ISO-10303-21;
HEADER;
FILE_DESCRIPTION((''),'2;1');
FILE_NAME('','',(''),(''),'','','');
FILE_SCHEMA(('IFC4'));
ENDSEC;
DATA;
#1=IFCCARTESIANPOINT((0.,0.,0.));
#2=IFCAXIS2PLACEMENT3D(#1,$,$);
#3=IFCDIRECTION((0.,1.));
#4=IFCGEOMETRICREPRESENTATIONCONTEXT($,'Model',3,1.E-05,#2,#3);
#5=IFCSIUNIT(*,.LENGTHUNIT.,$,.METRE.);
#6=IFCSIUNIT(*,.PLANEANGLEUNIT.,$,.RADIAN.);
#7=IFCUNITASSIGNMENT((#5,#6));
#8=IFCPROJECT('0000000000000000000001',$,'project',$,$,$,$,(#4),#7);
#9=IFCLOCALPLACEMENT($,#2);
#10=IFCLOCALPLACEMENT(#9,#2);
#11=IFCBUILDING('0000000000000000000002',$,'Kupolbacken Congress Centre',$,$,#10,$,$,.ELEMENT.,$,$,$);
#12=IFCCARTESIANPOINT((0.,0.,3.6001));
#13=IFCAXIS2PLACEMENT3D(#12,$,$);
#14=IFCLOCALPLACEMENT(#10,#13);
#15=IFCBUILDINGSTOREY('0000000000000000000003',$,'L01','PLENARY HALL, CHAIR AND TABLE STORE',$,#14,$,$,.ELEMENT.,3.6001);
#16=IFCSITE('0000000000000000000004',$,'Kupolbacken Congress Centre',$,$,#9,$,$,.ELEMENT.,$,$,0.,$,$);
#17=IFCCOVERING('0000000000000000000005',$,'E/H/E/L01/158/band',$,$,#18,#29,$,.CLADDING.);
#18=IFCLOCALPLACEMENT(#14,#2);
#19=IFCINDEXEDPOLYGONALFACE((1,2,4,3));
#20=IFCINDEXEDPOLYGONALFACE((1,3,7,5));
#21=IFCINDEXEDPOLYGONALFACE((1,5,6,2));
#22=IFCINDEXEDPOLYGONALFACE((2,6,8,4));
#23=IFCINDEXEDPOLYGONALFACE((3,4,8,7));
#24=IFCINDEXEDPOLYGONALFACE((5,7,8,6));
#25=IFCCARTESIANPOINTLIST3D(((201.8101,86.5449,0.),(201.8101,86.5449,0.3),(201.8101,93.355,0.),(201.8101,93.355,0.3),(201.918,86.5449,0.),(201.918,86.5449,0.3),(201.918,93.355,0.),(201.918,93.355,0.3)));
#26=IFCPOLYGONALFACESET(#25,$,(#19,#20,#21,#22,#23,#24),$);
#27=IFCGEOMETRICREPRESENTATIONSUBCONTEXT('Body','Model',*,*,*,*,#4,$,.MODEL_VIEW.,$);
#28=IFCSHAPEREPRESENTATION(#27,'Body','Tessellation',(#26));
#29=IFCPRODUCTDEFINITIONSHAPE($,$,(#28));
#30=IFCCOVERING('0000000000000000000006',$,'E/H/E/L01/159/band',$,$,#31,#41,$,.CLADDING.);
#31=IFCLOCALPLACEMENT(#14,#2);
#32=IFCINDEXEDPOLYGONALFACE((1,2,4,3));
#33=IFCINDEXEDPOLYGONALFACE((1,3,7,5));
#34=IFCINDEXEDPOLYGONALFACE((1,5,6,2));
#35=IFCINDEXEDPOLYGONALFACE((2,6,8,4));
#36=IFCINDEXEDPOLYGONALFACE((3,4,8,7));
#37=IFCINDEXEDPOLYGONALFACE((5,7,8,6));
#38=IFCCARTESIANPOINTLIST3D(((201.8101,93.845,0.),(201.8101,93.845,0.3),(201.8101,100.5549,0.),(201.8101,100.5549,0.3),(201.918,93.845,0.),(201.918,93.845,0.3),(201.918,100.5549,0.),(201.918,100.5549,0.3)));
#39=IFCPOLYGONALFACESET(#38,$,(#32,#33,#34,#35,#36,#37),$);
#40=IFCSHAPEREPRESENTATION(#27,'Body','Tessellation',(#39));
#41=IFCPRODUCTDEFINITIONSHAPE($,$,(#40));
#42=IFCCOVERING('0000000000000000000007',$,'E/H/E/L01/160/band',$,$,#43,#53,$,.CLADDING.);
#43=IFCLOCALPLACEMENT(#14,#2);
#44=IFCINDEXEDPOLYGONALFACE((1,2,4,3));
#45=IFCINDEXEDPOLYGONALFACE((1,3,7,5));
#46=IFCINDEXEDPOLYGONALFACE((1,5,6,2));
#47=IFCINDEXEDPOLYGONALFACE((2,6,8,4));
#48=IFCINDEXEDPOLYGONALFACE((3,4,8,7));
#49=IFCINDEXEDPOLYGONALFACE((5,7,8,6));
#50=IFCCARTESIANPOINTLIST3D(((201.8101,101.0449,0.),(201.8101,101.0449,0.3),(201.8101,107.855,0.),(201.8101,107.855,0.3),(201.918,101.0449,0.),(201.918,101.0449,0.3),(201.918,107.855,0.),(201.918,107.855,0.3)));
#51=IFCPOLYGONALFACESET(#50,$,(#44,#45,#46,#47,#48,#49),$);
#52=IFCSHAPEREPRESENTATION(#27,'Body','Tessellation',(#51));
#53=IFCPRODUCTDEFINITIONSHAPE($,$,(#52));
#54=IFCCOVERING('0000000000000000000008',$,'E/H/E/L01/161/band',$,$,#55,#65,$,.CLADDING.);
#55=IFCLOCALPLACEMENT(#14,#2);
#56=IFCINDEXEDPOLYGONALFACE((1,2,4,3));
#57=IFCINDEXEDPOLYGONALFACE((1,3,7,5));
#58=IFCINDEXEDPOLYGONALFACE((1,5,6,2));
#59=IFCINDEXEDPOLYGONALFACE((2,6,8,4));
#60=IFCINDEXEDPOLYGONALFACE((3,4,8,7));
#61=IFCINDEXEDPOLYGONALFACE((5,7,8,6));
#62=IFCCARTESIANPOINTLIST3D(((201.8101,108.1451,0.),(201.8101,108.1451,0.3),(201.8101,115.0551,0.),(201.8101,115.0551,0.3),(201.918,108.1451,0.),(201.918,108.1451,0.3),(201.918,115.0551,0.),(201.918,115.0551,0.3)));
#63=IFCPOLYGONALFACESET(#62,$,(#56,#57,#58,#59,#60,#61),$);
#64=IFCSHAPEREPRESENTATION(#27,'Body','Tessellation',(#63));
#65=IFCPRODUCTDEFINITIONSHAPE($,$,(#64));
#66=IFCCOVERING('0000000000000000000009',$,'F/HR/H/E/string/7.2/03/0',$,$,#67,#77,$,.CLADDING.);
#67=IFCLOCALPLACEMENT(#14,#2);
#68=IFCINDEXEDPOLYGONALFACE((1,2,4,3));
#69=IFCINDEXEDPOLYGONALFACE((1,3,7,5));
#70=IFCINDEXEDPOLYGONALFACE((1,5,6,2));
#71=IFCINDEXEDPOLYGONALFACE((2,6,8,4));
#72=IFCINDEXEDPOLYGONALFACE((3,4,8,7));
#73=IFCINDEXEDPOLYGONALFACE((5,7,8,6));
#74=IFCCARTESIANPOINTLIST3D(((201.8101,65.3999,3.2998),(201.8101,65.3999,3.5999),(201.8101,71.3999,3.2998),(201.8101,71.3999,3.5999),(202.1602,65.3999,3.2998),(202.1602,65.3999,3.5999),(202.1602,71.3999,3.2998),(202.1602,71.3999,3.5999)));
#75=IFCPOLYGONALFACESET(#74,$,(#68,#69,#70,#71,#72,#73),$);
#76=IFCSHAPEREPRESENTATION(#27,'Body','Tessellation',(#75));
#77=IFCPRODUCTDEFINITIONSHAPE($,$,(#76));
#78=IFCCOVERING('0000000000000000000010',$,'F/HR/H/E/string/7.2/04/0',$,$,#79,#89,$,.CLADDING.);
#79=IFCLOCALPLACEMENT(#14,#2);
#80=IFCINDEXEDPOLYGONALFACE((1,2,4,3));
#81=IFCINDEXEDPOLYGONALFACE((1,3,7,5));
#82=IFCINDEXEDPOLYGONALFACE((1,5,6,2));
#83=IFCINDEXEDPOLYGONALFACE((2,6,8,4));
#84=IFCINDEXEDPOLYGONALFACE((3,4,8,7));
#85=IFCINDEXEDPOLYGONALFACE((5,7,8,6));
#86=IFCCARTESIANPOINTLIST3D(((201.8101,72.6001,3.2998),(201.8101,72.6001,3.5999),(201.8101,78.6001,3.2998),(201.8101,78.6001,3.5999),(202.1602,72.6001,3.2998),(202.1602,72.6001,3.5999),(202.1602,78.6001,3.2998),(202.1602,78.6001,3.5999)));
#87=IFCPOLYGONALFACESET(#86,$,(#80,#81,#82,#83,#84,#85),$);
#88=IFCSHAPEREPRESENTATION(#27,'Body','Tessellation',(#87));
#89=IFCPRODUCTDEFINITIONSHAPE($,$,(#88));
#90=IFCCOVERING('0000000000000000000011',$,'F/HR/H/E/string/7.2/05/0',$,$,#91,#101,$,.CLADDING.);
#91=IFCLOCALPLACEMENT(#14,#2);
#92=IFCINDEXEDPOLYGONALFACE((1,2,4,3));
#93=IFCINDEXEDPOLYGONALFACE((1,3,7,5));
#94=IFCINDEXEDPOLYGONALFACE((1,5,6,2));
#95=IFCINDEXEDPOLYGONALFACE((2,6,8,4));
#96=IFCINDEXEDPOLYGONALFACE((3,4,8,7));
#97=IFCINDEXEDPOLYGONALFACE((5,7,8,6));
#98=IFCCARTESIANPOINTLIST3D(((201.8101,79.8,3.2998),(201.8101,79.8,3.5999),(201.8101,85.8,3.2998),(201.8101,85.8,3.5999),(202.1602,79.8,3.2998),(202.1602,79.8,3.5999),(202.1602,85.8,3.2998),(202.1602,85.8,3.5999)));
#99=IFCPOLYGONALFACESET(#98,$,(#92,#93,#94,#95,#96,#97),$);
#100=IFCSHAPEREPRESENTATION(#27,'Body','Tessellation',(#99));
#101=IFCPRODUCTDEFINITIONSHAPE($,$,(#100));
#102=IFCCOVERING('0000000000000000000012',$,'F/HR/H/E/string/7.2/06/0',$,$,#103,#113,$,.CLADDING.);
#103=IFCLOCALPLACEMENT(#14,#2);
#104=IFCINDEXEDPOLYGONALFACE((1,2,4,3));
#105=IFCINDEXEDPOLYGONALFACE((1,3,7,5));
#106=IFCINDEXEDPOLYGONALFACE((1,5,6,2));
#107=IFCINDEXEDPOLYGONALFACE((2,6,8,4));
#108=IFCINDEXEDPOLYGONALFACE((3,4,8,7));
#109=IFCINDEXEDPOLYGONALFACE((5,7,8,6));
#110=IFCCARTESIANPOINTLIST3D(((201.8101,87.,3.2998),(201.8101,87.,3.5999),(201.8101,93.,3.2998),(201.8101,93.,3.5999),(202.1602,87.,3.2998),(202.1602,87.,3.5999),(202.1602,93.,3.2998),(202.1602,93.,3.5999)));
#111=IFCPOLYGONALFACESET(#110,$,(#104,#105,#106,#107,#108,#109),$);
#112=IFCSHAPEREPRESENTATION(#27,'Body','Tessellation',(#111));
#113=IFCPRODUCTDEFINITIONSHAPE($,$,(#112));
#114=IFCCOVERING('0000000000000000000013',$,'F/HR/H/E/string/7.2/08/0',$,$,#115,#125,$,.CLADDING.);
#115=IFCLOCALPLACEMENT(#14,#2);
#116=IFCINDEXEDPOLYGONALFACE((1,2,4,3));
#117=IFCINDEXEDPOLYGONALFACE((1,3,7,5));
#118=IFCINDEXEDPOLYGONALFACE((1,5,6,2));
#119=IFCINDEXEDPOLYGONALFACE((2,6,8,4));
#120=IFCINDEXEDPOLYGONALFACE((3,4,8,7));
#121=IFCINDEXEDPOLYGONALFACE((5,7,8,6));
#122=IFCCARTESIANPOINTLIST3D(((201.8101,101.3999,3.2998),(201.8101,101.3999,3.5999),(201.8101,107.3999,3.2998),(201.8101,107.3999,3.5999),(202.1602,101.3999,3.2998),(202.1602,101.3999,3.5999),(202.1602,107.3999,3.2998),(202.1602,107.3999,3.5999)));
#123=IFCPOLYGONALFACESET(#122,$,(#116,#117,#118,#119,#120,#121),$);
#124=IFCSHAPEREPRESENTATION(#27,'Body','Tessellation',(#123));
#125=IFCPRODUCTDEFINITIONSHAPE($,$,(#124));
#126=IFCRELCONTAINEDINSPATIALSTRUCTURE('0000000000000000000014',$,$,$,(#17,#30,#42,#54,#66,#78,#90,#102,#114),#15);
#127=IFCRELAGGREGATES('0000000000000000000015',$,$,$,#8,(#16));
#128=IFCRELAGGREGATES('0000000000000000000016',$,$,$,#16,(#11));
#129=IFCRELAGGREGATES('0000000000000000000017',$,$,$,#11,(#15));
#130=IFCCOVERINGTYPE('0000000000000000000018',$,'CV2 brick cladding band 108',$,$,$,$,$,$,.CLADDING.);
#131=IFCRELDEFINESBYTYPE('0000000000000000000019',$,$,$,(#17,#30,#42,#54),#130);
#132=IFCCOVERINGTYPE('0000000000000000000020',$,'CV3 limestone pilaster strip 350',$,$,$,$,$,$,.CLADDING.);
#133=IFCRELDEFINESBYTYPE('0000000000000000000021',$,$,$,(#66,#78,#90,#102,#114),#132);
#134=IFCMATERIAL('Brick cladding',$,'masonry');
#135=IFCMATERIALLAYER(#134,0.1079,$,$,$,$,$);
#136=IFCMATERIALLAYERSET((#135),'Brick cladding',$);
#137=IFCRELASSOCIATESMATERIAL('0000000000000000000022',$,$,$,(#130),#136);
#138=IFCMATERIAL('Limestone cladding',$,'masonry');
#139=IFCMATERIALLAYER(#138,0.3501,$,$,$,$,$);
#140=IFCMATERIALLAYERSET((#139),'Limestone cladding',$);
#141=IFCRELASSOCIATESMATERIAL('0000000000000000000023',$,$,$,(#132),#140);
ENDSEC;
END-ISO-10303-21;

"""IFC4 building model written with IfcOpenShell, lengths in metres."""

from ifc_helpers import new_model, si_unit, direction, frame, origin, origin_2d, place, context, subcontext, project, spatial, rectangle, extrude, material, layer, layer_set, type_object, element, save


model = new_model("IFC4")

# Units and contexts
model_context = context("Model", 3, precision=1e-05, world=origin(), true_north=direction((0.0, 1.0)))
body_context = subcontext(model_context, "Body", "Model", "MODEL_VIEW")
ifc_project = project(units=[si_unit("LENGTHUNIT", "METRE"), si_unit("PLANEANGLEUNIT", "RADIAN")], contexts=[model_context])

# Site, building, storey
site_placement = place(None, origin())
site = spatial("IfcSite", under=ifc_project, at=site_placement, Name="Kupolbacken Congress Centre", CompositionType="ELEMENT", RefElevation=0.0)
building_placement = place(site_placement, origin())
building = spatial("IfcBuilding", under=site, at=building_placement, Name="Kupolbacken Congress Centre", CompositionType="ELEMENT")
storey_placement = place(building_placement, frame((0.0, 0.0, 3.6001)))
storey = spatial("IfcBuildingStorey", under=building, at=storey_placement, Name="L01", Description="PLENARY HALL, CHAIR AND TABLE STORE", CompositionType="ELEMENT", Elevation=3.6001)

# Coverings
ifc_material_1 = material(Name="Brick cladding", Category="masonry")
ifc_layer_1 = layer(ifc_material_1, 0.1079)
ifc_layer_set_1 = layer_set([ifc_layer_1], Name="Brick cladding")
covering_type_1 = type_object("IfcCoveringType", Name="CV2 brick cladding band 108", PredefinedType="CLADDING", material=ifc_layer_set_1)
covering_1_placement = place(storey_placement, frame((201.864, 89.95, 0.0), z_axis=(0.0, 0.0, 1.0), x_axis=(0.0, 1.0, 0.0)))
element("IfcCovering", 1, at=covering_1_placement, inside=storey, type_object=covering_type_1, Name="E/H/E/L01/158/band", PredefinedType="CLADDING", context=body_context, shape_type="SweptSolid", body=[
    extrude(rectangle(XDim=6.8101, YDim=0.1079, at=origin_2d()), origin(), (0.0, 0.0, 1.0), 0.3),
])
covering_2_placement = place(storey_placement, frame((201.864, 97.2, 0.0), z_axis=(0.0, 0.0, 1.0), x_axis=(0.0, 1.0, 0.0)))
element("IfcCovering", 2, at=covering_2_placement, inside=storey, type_object=covering_type_1, Name="E/H/E/L01/159/band", PredefinedType="CLADDING", context=body_context, shape_type="SweptSolid", body=[
    extrude(rectangle(XDim=6.71, YDim=0.1079, at=origin_2d()), origin(), (0.0, 0.0, 1.0), 0.3),
])
covering_3_placement = place(storey_placement, frame((201.864, 104.45, 0.0), z_axis=(0.0, 0.0, 1.0), x_axis=(0.0, 1.0, 0.0)))
element("IfcCovering", 3, at=covering_3_placement, inside=storey, type_object=covering_type_1, Name="E/H/E/L01/160/band", PredefinedType="CLADDING", context=body_context, shape_type="SweptSolid", body=[
    extrude(rectangle(XDim=6.8101, YDim=0.1079, at=origin_2d()), origin(), (0.0, 0.0, 1.0), 0.3),
])
covering_4_placement = place(storey_placement, frame((201.864, 111.6001, 0.0), z_axis=(0.0, 0.0, 1.0), x_axis=(0.0, 1.0, 0.0)))
element("IfcCovering", 4, at=covering_4_placement, inside=storey, type_object=covering_type_1, Name="E/H/E/L01/161/band", PredefinedType="CLADDING", context=body_context, shape_type="SweptSolid", body=[
    extrude(rectangle(XDim=6.9099, YDim=0.1079, at=origin_2d()), origin(), (0.0, 0.0, 1.0), 0.3),
])
ifc_material_2 = material(Name="Limestone cladding", Category="masonry")
ifc_layer_2 = layer(ifc_material_2, 0.3501)
ifc_layer_set_2 = layer_set([ifc_layer_2], Name="Limestone cladding")
covering_type_2 = type_object("IfcCoveringType", Name="CV3 limestone pilaster strip 350", PredefinedType="CLADDING", material=ifc_layer_set_2)
for number, where, z_axis, x_axis, name in (
    (5, (201.9851, 68.3999, 3.2998), (0.0, 0.0, 1.0), (0.0, 1.0, 0.0), "F/HR/H/E/string/7.2/03/0"),
    (6, (201.9851, 75.6001, 3.2998), (0.0, 0.0, 1.0), (0.0, 1.0, 0.0), "F/HR/H/E/string/7.2/04/0"),
    (7, (201.9851, 82.8, 3.2998), (0.0, 0.0, 1.0), (0.0, 1.0, 0.0), "F/HR/H/E/string/7.2/05/0"),
    (8, (201.9851, 90.0, 3.2998), (0.0, 0.0, 1.0), (0.0, 1.0, 0.0), "F/HR/H/E/string/7.2/06/0"),
    (9, (201.9851, 104.3999, 3.2998), (0.0, 0.0, 1.0), (0.0, 1.0, 0.0), "F/HR/H/E/string/7.2/08/0"),
):
    element("IfcCovering", number, at=place(storey_placement, frame(where, z_axis=z_axis, x_axis=x_axis)), inside=storey, type_object=covering_type_2, Name=name, PredefinedType="CLADDING", context=body_context, shape_type="SweptSolid", body=[
        extrude(rectangle(XDim=6.0, YDim=0.3501, at=origin_2d()), origin(), (0.0, 0.0, 1.0), 0.3),
    ])

save(model, "model.ifc")
